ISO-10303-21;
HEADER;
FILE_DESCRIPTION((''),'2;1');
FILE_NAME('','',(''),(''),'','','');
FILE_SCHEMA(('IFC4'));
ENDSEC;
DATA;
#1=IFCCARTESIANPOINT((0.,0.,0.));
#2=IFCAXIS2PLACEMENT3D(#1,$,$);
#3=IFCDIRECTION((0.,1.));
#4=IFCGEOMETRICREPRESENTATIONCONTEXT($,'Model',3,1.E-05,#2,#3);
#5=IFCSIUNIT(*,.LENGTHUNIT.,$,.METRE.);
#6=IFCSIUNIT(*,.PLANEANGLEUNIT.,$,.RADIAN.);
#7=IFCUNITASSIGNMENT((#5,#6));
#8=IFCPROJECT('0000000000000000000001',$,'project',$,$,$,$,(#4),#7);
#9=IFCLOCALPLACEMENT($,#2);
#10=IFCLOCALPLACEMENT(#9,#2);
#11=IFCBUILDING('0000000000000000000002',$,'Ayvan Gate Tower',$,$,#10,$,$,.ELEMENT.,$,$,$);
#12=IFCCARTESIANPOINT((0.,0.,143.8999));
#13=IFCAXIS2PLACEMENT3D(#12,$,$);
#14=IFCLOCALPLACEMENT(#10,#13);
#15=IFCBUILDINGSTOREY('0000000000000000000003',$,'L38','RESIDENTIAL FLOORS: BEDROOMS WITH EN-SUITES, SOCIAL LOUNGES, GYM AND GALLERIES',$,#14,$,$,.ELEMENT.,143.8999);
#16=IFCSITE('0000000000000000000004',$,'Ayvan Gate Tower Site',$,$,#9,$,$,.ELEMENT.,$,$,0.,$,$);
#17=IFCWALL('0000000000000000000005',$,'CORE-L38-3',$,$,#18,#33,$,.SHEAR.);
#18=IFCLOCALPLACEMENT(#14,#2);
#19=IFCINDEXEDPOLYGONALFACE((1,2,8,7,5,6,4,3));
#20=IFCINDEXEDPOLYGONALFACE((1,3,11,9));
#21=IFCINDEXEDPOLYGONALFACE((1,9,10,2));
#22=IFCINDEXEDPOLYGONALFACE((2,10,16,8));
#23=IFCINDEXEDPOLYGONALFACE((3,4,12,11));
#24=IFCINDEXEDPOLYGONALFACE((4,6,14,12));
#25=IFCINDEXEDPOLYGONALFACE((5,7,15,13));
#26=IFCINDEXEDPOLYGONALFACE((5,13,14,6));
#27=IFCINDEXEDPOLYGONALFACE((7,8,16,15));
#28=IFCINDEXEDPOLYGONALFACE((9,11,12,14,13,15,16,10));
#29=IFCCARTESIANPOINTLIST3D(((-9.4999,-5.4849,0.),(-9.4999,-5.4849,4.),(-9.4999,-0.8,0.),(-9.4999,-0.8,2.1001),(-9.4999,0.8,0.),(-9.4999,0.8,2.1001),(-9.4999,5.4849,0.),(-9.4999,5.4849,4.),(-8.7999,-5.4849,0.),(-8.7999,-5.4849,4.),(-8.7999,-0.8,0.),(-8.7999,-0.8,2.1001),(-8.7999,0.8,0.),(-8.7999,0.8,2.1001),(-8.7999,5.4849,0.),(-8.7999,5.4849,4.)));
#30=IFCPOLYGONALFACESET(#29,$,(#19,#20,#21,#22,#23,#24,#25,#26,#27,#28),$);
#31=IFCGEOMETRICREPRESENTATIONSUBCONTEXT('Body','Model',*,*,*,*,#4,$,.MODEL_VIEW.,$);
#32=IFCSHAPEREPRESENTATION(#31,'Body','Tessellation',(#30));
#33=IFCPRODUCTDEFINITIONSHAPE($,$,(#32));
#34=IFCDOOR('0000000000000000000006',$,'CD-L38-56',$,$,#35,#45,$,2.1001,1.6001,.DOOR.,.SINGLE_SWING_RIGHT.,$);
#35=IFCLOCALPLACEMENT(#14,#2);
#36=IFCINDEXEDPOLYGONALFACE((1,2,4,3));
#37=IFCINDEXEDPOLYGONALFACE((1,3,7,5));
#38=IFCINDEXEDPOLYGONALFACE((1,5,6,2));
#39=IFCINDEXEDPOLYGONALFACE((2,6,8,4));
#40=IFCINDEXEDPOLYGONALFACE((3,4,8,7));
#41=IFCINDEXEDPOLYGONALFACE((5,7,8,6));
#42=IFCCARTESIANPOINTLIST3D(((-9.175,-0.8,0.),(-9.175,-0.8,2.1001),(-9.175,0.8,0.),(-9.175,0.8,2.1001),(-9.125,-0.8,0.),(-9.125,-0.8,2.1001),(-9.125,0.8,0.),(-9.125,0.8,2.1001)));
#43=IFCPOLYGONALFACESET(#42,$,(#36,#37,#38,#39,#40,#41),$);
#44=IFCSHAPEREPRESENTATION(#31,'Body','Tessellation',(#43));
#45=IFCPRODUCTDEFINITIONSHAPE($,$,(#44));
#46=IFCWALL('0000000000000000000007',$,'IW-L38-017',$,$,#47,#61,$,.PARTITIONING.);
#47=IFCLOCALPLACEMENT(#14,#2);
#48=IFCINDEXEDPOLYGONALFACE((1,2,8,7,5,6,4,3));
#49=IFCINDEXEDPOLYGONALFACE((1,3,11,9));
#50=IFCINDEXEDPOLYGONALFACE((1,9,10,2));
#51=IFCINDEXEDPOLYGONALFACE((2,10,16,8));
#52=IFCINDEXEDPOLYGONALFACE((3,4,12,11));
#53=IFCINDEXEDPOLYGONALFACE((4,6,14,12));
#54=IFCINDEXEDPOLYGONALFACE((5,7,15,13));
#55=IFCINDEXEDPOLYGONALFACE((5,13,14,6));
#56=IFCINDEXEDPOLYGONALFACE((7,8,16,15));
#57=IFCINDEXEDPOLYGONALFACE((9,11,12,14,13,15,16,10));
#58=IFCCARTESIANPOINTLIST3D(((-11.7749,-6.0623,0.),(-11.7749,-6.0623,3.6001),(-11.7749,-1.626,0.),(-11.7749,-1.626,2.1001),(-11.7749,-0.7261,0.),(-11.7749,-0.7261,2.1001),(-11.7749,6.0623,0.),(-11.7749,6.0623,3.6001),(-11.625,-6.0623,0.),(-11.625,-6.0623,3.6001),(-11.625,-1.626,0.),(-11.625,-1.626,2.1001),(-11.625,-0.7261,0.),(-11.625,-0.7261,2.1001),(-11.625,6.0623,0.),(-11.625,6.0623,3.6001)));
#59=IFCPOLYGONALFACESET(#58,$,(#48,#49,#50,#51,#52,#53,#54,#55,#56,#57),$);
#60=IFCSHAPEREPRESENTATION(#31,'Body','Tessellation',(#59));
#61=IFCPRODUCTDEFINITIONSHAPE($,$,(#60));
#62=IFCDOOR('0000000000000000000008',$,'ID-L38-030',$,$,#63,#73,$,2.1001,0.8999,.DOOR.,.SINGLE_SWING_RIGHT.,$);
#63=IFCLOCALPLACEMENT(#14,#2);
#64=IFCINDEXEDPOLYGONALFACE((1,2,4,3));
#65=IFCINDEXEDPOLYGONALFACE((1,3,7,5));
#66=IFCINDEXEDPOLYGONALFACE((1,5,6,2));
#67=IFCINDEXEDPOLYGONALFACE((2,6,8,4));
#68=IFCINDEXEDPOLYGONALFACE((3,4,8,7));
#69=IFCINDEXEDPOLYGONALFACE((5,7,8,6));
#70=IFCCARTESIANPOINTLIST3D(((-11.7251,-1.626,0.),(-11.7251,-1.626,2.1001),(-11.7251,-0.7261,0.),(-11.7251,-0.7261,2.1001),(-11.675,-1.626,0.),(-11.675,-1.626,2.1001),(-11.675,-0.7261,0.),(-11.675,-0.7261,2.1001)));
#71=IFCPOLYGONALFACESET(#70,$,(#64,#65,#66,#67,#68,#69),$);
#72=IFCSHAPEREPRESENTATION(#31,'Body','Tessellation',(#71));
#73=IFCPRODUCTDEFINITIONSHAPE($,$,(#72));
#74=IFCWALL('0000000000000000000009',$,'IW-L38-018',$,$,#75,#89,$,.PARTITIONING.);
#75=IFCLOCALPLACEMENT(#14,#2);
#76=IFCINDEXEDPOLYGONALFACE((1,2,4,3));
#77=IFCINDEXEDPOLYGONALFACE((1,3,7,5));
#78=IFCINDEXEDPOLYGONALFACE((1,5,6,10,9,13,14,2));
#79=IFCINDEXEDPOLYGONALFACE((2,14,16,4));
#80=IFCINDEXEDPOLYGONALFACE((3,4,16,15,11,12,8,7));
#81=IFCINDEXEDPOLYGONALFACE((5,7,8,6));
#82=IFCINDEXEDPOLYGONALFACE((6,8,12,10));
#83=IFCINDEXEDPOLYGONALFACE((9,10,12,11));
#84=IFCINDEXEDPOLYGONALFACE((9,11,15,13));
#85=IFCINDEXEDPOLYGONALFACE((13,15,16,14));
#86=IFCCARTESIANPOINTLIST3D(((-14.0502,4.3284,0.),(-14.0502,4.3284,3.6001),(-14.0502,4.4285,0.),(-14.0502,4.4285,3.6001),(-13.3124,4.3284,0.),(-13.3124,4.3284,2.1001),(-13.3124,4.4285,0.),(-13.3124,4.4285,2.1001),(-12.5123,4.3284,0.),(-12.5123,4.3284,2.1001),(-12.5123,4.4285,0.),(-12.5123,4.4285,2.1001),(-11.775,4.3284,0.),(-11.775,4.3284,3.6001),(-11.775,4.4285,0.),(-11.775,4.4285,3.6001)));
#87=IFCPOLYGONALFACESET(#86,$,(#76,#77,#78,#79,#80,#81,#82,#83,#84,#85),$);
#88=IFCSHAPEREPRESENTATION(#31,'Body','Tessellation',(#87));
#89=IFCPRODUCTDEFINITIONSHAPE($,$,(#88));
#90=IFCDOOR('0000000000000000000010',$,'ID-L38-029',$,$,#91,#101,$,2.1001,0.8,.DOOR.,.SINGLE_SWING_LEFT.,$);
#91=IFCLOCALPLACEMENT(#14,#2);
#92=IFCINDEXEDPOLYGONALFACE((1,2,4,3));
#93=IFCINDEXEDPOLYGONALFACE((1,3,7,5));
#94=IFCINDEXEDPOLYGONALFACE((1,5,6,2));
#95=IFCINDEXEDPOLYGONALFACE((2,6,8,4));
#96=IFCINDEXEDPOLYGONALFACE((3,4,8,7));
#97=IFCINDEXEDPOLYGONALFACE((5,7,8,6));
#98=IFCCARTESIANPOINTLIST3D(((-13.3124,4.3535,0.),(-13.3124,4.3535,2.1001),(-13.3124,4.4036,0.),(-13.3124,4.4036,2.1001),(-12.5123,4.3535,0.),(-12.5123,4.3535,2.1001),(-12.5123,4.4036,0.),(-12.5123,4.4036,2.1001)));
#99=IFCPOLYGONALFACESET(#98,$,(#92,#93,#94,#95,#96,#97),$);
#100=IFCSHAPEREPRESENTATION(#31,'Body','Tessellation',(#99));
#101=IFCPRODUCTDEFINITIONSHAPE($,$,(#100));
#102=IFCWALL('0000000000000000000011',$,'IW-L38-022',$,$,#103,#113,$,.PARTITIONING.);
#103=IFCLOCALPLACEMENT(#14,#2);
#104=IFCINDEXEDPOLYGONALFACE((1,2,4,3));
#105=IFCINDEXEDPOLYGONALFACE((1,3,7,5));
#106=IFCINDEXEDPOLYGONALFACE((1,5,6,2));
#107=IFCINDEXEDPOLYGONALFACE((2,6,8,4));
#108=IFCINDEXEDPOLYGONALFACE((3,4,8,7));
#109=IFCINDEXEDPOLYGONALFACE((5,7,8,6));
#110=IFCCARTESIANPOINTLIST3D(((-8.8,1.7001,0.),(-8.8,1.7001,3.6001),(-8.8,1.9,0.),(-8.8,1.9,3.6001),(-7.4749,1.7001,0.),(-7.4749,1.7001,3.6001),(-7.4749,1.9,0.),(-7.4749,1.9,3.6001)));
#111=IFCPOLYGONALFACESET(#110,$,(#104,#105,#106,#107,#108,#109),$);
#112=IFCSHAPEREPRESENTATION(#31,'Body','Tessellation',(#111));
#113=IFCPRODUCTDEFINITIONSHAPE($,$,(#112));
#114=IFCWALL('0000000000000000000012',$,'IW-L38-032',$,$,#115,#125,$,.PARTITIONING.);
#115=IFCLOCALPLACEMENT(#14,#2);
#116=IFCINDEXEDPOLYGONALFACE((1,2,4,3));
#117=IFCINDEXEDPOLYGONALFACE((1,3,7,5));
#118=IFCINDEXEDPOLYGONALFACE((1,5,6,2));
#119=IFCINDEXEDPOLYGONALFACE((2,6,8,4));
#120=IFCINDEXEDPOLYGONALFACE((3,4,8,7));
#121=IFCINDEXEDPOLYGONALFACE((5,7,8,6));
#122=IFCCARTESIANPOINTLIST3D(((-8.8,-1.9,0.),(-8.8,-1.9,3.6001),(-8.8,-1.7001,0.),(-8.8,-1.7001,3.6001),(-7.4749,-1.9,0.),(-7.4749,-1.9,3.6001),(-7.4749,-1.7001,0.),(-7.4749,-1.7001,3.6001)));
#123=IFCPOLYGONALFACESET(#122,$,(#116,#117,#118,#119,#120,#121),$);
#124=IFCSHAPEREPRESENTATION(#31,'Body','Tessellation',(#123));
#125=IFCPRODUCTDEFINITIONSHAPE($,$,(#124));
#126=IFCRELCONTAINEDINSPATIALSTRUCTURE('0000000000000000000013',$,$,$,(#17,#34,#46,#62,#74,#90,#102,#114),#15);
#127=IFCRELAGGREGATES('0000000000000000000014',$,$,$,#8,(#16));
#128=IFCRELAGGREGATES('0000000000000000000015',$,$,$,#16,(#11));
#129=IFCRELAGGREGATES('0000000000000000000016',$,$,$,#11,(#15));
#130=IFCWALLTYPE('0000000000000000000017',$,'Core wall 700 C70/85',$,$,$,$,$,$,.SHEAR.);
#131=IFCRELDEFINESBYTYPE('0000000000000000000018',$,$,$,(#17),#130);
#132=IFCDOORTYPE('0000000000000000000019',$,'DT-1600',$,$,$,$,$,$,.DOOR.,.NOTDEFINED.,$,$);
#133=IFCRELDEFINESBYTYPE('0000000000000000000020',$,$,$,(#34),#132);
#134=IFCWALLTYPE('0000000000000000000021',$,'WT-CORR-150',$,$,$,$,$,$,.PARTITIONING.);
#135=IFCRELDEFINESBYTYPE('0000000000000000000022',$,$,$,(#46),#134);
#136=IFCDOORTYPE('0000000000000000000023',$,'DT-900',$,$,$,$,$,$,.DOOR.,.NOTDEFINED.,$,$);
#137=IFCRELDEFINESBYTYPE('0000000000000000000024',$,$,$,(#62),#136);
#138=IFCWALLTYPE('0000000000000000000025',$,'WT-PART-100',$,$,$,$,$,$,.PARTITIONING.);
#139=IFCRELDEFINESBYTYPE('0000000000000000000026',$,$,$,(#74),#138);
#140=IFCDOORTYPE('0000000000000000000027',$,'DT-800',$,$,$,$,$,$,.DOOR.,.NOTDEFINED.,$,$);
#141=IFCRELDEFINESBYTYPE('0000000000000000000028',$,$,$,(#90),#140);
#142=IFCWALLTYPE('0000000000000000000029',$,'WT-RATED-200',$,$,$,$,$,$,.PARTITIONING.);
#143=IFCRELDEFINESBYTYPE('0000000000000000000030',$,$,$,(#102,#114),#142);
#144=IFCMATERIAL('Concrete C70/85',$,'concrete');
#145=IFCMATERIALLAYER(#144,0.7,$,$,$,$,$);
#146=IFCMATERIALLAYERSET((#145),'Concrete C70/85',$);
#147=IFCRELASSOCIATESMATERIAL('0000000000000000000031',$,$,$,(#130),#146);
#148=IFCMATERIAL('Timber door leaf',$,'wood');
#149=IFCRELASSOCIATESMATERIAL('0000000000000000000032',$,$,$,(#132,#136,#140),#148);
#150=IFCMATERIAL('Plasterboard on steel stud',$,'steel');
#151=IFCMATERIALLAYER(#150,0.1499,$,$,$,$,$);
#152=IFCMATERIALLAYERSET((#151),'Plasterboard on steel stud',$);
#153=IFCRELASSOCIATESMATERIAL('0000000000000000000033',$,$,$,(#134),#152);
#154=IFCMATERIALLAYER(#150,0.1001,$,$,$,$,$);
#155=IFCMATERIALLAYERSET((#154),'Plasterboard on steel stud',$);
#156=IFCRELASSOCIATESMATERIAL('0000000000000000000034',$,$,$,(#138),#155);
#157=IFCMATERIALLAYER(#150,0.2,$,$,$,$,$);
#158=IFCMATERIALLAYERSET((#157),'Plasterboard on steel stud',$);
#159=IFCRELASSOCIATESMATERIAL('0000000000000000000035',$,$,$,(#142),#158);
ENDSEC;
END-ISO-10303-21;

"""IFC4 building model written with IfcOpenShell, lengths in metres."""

from ifc_helpers import new_model, si_unit, direction, frame, frame_2d, origin, place, context, subcontext, project, spatial, rectangle, extrude, material, layer, layer_set, type_object, element, fill, save


model = new_model("IFC4")

# Units and contexts
model_context = context("Model", 3, precision=1e-05, world=origin(), true_north=direction((0.0, 1.0)))
body_context = subcontext(model_context, "Body", "Model", "MODEL_VIEW")
ifc_project = project(units=[si_unit("LENGTHUNIT", "METRE"), si_unit("PLANEANGLEUNIT", "RADIAN")], contexts=[model_context])

# Site, building, storey
site_placement = place(None, origin())
site = spatial("IfcSite", under=ifc_project, at=site_placement, Name="Ayvan Gate Tower Site", CompositionType="ELEMENT", RefElevation=0.0)
building_placement = place(site_placement, origin())
building = spatial("IfcBuilding", under=site, at=building_placement, Name="Ayvan Gate Tower", CompositionType="ELEMENT")
storey_placement = place(building_placement, frame((0.0, 0.0, 143.8999)))
storey = spatial("IfcBuildingStorey", under=building, at=storey_placement, Name="L38", Description="RESIDENTIAL FLOORS: BEDROOMS WITH EN-SUITES, SOCIAL LOUNGES, GYM AND GALLERIES", CompositionType="ELEMENT", Elevation=143.8999)

# Walls, openings, doors
ifc_material_1 = material(Name="Concrete C70/85", Category="concrete")
ifc_layer_1 = layer(ifc_material_1, 0.7)
ifc_layer_set_1 = layer_set([ifc_layer_1], Name="Concrete C70/85")
wall_type_1 = type_object("IfcWallType", Name="Core wall 700 C70/85", PredefinedType="SHEAR", material=ifc_layer_set_1)
wall_1_placement = place(storey_placement, frame((-9.1499, 5.4849, 0.0), z_axis=(0.0, 0.0, 1.0), x_axis=(0.0, -1.0, 0.0)))
wall_1 = element("IfcWall", 1, at=wall_1_placement, inside=storey, type_object=wall_type_1, Name="CORE-L38-3", PredefinedType="SHEAR", context=body_context, shape_type="SweptSolid", body=[
    extrude(rectangle(XDim=10.9697, YDim=0.7, at=frame_2d((5.4849, 0.0))), origin(), (0.0, 0.0, 1.0), 4.0),
])
opening_1_placement = place(wall_1_placement, frame((4.6848, 0.0, 0.0)))
opening_1 = element("IfcOpeningElement", 2, at=opening_1_placement, cuts=wall_1, PredefinedType="OPENING", context=body_context, shape_type="SweptSolid", body=[
    extrude(rectangle(XDim=1.6001, YDim=2.1001, at=frame_2d((0.8, 1.05))), frame((0.0, 0.3599, 0.0), z_axis=(0.0, -1.0, 0.0), x_axis=(1.0, 0.0, 0.0)), (0.0, 0.0, 1.0), 0.72),
])
ifc_material_2 = material(Name="Timber door leaf", Category="wood")
door_type_1 = type_object("IfcDoorType", Name="DT-1600", OperationType="NOTDEFINED", PredefinedType="DOOR", material=ifc_material_2)
door_1_placement = place(opening_1_placement, origin())
door_1 = element("IfcDoor", 3, at=door_1_placement, inside=storey, type_object=door_type_1, Name="CD-L38-56", OperationType="SINGLE_SWING_RIGHT", OverallHeight=2.1001, OverallWidth=1.6001, PredefinedType="DOOR", context=body_context, shape_type="SweptSolid", body=[
    extrude(rectangle(XDim=1.6001, YDim=2.1001, at=frame_2d((0.8, 1.05))), frame((0.0, 0.0249, 0.0), z_axis=(0.0, -1.0, 0.0), x_axis=(1.0, 0.0, 0.0)), (0.0, 0.0, 1.0), 0.05),
])
fill(opening_1, door_1)
ifc_material_3 = material(Name="Plasterboard on steel stud", Category="steel")
ifc_layer_2 = layer(ifc_material_3, 0.1499)
ifc_layer_set_2 = layer_set([ifc_layer_2], Name="Plasterboard on steel stud")
wall_type_2 = type_object("IfcWallType", Name="WT-CORR-150", PredefinedType="PARTITIONING", material=ifc_layer_set_2)
wall_2_placement = place(storey_placement, frame((-11.7, 6.0623, 0.0), z_axis=(0.0, 0.0, 1.0), x_axis=(0.0, -1.0, 0.0)))
wall_2 = element("IfcWall", 4, at=wall_2_placement, inside=storey, type_object=wall_type_2, Name="IW-L38-017", PredefinedType="PARTITIONING", context=body_context, shape_type="SweptSolid", body=[
    extrude(rectangle(XDim=12.1245, YDim=0.1499, at=frame_2d((6.0623, 0.0))), origin(), (0.0, 0.0, 1.0), 3.6001),
])
opening_2_placement = place(wall_2_placement, frame((6.7883, 0.0, 0.0)))
opening_2 = element("IfcOpeningElement", 5, at=opening_2_placement, cuts=wall_2, PredefinedType="OPENING", context=body_context, shape_type="SweptSolid", body=[
    extrude(rectangle(XDim=0.8999, YDim=2.1001, at=frame_2d((0.45, 1.05))), frame((0.0, 0.085, 0.0), z_axis=(0.0, -1.0, 0.0), x_axis=(1.0, 0.0, 0.0)), (0.0, 0.0, 1.0), 0.1699),
])
door_type_2 = type_object("IfcDoorType", Name="DT-900", OperationType="NOTDEFINED", PredefinedType="DOOR", material=ifc_material_2)
door_2_placement = place(opening_2_placement, origin())
door_2 = element("IfcDoor", 6, at=door_2_placement, inside=storey, type_object=door_type_2, Name="ID-L38-030", OperationType="SINGLE_SWING_RIGHT", OverallHeight=2.1001, OverallWidth=0.8999, PredefinedType="DOOR", context=body_context, shape_type="SweptSolid", body=[
    extrude(rectangle(XDim=0.8999, YDim=2.1001, at=frame_2d((0.45, 1.05))), frame((0.0, 0.0249, 0.0), z_axis=(0.0, -1.0, 0.0), x_axis=(1.0, 0.0, 0.0)), (0.0, 0.0, 1.0), 0.05),
])
fill(opening_2, door_2)
ifc_layer_3 = layer(ifc_material_3, 0.1001)
ifc_layer_set_3 = layer_set([ifc_layer_3], Name="Plasterboard on steel stud")
wall_type_3 = type_object("IfcWallType", Name="WT-PART-100", PredefinedType="PARTITIONING", material=ifc_layer_set_3)
wall_3_placement = place(storey_placement, frame((-11.7749, 4.3784, 0.0), z_axis=(0.0, 0.0, 1.0), x_axis=(-1.0, 0.0, 0.0)))
wall_3 = element("IfcWall", 7, at=wall_3_placement, inside=storey, type_object=wall_type_3, Name="IW-L38-018", PredefinedType="PARTITIONING", context=body_context, shape_type="SweptSolid", body=[
    extrude(rectangle(XDim=2.2751, YDim=0.1001, at=frame_2d((1.1377, 0.0))), origin(), (0.0, 0.0, 1.0), 3.6001),
])
opening_3_placement = place(wall_3_placement, frame((0.7375, 0.0, 0.0)))
opening_3 = element("IfcOpeningElement", 8, at=opening_3_placement, cuts=wall_3, PredefinedType="OPENING", context=body_context, shape_type="SweptSolid", body=[
    extrude(rectangle(XDim=0.8, YDim=2.1001, at=frame_2d((0.3999, 1.05))), frame((0.0, 0.0601, 0.0), z_axis=(0.0, -1.0, 0.0), x_axis=(1.0, 0.0, 0.0)), (0.0, 0.0, 1.0), 0.1201),
])
door_type_3 = type_object("IfcDoorType", Name="DT-800", OperationType="NOTDEFINED", PredefinedType="DOOR", material=ifc_material_2)
door_3_placement = place(opening_3_placement, origin())
door_3 = element("IfcDoor", 9, at=door_3_placement, inside=storey, type_object=door_type_3, Name="ID-L38-029", OperationType="SINGLE_SWING_LEFT", OverallHeight=2.1001, OverallWidth=0.8, PredefinedType="DOOR", context=body_context, shape_type="SweptSolid", body=[
    extrude(rectangle(XDim=0.8, YDim=2.1001, at=frame_2d((0.3999, 1.05))), frame((0.0, 0.0249, 0.0), z_axis=(0.0, -1.0, 0.0), x_axis=(1.0, 0.0, 0.0)), (0.0, 0.0, 1.0), 0.05),
])
fill(opening_3, door_3)

# Walls
ifc_layer_4 = layer(ifc_material_3, 0.2)
ifc_layer_set_4 = layer_set([ifc_layer_4], Name="Plasterboard on steel stud")
wall_type_4 = type_object("IfcWallType", Name="WT-RATED-200", PredefinedType="PARTITIONING", material=ifc_layer_set_4)
for number, where, z_axis, x_axis, name in (
    (10, (-8.8, 1.8, 0.0), (0.0, 0.0, 1.0), (1.0, 0.0, 0.0), "IW-L38-022"),
    (11, (-7.4749, -1.8, 0.0), (0.0, 0.0, 1.0), (-1.0, 0.0, 0.0), "IW-L38-032"),
):
    element("IfcWall", number, at=place(storey_placement, frame(where, z_axis=z_axis, x_axis=x_axis)), inside=storey, type_object=wall_type_4, Name=name, PredefinedType="PARTITIONING", context=body_context, shape_type="SweptSolid", body=[
        extrude(rectangle(XDim=1.3252, YDim=0.2, at=frame_2d((0.6626, 0.0))), origin(), (0.0, 0.0, 1.0), 3.6001),
    ])

save(model, "model.ifc")
